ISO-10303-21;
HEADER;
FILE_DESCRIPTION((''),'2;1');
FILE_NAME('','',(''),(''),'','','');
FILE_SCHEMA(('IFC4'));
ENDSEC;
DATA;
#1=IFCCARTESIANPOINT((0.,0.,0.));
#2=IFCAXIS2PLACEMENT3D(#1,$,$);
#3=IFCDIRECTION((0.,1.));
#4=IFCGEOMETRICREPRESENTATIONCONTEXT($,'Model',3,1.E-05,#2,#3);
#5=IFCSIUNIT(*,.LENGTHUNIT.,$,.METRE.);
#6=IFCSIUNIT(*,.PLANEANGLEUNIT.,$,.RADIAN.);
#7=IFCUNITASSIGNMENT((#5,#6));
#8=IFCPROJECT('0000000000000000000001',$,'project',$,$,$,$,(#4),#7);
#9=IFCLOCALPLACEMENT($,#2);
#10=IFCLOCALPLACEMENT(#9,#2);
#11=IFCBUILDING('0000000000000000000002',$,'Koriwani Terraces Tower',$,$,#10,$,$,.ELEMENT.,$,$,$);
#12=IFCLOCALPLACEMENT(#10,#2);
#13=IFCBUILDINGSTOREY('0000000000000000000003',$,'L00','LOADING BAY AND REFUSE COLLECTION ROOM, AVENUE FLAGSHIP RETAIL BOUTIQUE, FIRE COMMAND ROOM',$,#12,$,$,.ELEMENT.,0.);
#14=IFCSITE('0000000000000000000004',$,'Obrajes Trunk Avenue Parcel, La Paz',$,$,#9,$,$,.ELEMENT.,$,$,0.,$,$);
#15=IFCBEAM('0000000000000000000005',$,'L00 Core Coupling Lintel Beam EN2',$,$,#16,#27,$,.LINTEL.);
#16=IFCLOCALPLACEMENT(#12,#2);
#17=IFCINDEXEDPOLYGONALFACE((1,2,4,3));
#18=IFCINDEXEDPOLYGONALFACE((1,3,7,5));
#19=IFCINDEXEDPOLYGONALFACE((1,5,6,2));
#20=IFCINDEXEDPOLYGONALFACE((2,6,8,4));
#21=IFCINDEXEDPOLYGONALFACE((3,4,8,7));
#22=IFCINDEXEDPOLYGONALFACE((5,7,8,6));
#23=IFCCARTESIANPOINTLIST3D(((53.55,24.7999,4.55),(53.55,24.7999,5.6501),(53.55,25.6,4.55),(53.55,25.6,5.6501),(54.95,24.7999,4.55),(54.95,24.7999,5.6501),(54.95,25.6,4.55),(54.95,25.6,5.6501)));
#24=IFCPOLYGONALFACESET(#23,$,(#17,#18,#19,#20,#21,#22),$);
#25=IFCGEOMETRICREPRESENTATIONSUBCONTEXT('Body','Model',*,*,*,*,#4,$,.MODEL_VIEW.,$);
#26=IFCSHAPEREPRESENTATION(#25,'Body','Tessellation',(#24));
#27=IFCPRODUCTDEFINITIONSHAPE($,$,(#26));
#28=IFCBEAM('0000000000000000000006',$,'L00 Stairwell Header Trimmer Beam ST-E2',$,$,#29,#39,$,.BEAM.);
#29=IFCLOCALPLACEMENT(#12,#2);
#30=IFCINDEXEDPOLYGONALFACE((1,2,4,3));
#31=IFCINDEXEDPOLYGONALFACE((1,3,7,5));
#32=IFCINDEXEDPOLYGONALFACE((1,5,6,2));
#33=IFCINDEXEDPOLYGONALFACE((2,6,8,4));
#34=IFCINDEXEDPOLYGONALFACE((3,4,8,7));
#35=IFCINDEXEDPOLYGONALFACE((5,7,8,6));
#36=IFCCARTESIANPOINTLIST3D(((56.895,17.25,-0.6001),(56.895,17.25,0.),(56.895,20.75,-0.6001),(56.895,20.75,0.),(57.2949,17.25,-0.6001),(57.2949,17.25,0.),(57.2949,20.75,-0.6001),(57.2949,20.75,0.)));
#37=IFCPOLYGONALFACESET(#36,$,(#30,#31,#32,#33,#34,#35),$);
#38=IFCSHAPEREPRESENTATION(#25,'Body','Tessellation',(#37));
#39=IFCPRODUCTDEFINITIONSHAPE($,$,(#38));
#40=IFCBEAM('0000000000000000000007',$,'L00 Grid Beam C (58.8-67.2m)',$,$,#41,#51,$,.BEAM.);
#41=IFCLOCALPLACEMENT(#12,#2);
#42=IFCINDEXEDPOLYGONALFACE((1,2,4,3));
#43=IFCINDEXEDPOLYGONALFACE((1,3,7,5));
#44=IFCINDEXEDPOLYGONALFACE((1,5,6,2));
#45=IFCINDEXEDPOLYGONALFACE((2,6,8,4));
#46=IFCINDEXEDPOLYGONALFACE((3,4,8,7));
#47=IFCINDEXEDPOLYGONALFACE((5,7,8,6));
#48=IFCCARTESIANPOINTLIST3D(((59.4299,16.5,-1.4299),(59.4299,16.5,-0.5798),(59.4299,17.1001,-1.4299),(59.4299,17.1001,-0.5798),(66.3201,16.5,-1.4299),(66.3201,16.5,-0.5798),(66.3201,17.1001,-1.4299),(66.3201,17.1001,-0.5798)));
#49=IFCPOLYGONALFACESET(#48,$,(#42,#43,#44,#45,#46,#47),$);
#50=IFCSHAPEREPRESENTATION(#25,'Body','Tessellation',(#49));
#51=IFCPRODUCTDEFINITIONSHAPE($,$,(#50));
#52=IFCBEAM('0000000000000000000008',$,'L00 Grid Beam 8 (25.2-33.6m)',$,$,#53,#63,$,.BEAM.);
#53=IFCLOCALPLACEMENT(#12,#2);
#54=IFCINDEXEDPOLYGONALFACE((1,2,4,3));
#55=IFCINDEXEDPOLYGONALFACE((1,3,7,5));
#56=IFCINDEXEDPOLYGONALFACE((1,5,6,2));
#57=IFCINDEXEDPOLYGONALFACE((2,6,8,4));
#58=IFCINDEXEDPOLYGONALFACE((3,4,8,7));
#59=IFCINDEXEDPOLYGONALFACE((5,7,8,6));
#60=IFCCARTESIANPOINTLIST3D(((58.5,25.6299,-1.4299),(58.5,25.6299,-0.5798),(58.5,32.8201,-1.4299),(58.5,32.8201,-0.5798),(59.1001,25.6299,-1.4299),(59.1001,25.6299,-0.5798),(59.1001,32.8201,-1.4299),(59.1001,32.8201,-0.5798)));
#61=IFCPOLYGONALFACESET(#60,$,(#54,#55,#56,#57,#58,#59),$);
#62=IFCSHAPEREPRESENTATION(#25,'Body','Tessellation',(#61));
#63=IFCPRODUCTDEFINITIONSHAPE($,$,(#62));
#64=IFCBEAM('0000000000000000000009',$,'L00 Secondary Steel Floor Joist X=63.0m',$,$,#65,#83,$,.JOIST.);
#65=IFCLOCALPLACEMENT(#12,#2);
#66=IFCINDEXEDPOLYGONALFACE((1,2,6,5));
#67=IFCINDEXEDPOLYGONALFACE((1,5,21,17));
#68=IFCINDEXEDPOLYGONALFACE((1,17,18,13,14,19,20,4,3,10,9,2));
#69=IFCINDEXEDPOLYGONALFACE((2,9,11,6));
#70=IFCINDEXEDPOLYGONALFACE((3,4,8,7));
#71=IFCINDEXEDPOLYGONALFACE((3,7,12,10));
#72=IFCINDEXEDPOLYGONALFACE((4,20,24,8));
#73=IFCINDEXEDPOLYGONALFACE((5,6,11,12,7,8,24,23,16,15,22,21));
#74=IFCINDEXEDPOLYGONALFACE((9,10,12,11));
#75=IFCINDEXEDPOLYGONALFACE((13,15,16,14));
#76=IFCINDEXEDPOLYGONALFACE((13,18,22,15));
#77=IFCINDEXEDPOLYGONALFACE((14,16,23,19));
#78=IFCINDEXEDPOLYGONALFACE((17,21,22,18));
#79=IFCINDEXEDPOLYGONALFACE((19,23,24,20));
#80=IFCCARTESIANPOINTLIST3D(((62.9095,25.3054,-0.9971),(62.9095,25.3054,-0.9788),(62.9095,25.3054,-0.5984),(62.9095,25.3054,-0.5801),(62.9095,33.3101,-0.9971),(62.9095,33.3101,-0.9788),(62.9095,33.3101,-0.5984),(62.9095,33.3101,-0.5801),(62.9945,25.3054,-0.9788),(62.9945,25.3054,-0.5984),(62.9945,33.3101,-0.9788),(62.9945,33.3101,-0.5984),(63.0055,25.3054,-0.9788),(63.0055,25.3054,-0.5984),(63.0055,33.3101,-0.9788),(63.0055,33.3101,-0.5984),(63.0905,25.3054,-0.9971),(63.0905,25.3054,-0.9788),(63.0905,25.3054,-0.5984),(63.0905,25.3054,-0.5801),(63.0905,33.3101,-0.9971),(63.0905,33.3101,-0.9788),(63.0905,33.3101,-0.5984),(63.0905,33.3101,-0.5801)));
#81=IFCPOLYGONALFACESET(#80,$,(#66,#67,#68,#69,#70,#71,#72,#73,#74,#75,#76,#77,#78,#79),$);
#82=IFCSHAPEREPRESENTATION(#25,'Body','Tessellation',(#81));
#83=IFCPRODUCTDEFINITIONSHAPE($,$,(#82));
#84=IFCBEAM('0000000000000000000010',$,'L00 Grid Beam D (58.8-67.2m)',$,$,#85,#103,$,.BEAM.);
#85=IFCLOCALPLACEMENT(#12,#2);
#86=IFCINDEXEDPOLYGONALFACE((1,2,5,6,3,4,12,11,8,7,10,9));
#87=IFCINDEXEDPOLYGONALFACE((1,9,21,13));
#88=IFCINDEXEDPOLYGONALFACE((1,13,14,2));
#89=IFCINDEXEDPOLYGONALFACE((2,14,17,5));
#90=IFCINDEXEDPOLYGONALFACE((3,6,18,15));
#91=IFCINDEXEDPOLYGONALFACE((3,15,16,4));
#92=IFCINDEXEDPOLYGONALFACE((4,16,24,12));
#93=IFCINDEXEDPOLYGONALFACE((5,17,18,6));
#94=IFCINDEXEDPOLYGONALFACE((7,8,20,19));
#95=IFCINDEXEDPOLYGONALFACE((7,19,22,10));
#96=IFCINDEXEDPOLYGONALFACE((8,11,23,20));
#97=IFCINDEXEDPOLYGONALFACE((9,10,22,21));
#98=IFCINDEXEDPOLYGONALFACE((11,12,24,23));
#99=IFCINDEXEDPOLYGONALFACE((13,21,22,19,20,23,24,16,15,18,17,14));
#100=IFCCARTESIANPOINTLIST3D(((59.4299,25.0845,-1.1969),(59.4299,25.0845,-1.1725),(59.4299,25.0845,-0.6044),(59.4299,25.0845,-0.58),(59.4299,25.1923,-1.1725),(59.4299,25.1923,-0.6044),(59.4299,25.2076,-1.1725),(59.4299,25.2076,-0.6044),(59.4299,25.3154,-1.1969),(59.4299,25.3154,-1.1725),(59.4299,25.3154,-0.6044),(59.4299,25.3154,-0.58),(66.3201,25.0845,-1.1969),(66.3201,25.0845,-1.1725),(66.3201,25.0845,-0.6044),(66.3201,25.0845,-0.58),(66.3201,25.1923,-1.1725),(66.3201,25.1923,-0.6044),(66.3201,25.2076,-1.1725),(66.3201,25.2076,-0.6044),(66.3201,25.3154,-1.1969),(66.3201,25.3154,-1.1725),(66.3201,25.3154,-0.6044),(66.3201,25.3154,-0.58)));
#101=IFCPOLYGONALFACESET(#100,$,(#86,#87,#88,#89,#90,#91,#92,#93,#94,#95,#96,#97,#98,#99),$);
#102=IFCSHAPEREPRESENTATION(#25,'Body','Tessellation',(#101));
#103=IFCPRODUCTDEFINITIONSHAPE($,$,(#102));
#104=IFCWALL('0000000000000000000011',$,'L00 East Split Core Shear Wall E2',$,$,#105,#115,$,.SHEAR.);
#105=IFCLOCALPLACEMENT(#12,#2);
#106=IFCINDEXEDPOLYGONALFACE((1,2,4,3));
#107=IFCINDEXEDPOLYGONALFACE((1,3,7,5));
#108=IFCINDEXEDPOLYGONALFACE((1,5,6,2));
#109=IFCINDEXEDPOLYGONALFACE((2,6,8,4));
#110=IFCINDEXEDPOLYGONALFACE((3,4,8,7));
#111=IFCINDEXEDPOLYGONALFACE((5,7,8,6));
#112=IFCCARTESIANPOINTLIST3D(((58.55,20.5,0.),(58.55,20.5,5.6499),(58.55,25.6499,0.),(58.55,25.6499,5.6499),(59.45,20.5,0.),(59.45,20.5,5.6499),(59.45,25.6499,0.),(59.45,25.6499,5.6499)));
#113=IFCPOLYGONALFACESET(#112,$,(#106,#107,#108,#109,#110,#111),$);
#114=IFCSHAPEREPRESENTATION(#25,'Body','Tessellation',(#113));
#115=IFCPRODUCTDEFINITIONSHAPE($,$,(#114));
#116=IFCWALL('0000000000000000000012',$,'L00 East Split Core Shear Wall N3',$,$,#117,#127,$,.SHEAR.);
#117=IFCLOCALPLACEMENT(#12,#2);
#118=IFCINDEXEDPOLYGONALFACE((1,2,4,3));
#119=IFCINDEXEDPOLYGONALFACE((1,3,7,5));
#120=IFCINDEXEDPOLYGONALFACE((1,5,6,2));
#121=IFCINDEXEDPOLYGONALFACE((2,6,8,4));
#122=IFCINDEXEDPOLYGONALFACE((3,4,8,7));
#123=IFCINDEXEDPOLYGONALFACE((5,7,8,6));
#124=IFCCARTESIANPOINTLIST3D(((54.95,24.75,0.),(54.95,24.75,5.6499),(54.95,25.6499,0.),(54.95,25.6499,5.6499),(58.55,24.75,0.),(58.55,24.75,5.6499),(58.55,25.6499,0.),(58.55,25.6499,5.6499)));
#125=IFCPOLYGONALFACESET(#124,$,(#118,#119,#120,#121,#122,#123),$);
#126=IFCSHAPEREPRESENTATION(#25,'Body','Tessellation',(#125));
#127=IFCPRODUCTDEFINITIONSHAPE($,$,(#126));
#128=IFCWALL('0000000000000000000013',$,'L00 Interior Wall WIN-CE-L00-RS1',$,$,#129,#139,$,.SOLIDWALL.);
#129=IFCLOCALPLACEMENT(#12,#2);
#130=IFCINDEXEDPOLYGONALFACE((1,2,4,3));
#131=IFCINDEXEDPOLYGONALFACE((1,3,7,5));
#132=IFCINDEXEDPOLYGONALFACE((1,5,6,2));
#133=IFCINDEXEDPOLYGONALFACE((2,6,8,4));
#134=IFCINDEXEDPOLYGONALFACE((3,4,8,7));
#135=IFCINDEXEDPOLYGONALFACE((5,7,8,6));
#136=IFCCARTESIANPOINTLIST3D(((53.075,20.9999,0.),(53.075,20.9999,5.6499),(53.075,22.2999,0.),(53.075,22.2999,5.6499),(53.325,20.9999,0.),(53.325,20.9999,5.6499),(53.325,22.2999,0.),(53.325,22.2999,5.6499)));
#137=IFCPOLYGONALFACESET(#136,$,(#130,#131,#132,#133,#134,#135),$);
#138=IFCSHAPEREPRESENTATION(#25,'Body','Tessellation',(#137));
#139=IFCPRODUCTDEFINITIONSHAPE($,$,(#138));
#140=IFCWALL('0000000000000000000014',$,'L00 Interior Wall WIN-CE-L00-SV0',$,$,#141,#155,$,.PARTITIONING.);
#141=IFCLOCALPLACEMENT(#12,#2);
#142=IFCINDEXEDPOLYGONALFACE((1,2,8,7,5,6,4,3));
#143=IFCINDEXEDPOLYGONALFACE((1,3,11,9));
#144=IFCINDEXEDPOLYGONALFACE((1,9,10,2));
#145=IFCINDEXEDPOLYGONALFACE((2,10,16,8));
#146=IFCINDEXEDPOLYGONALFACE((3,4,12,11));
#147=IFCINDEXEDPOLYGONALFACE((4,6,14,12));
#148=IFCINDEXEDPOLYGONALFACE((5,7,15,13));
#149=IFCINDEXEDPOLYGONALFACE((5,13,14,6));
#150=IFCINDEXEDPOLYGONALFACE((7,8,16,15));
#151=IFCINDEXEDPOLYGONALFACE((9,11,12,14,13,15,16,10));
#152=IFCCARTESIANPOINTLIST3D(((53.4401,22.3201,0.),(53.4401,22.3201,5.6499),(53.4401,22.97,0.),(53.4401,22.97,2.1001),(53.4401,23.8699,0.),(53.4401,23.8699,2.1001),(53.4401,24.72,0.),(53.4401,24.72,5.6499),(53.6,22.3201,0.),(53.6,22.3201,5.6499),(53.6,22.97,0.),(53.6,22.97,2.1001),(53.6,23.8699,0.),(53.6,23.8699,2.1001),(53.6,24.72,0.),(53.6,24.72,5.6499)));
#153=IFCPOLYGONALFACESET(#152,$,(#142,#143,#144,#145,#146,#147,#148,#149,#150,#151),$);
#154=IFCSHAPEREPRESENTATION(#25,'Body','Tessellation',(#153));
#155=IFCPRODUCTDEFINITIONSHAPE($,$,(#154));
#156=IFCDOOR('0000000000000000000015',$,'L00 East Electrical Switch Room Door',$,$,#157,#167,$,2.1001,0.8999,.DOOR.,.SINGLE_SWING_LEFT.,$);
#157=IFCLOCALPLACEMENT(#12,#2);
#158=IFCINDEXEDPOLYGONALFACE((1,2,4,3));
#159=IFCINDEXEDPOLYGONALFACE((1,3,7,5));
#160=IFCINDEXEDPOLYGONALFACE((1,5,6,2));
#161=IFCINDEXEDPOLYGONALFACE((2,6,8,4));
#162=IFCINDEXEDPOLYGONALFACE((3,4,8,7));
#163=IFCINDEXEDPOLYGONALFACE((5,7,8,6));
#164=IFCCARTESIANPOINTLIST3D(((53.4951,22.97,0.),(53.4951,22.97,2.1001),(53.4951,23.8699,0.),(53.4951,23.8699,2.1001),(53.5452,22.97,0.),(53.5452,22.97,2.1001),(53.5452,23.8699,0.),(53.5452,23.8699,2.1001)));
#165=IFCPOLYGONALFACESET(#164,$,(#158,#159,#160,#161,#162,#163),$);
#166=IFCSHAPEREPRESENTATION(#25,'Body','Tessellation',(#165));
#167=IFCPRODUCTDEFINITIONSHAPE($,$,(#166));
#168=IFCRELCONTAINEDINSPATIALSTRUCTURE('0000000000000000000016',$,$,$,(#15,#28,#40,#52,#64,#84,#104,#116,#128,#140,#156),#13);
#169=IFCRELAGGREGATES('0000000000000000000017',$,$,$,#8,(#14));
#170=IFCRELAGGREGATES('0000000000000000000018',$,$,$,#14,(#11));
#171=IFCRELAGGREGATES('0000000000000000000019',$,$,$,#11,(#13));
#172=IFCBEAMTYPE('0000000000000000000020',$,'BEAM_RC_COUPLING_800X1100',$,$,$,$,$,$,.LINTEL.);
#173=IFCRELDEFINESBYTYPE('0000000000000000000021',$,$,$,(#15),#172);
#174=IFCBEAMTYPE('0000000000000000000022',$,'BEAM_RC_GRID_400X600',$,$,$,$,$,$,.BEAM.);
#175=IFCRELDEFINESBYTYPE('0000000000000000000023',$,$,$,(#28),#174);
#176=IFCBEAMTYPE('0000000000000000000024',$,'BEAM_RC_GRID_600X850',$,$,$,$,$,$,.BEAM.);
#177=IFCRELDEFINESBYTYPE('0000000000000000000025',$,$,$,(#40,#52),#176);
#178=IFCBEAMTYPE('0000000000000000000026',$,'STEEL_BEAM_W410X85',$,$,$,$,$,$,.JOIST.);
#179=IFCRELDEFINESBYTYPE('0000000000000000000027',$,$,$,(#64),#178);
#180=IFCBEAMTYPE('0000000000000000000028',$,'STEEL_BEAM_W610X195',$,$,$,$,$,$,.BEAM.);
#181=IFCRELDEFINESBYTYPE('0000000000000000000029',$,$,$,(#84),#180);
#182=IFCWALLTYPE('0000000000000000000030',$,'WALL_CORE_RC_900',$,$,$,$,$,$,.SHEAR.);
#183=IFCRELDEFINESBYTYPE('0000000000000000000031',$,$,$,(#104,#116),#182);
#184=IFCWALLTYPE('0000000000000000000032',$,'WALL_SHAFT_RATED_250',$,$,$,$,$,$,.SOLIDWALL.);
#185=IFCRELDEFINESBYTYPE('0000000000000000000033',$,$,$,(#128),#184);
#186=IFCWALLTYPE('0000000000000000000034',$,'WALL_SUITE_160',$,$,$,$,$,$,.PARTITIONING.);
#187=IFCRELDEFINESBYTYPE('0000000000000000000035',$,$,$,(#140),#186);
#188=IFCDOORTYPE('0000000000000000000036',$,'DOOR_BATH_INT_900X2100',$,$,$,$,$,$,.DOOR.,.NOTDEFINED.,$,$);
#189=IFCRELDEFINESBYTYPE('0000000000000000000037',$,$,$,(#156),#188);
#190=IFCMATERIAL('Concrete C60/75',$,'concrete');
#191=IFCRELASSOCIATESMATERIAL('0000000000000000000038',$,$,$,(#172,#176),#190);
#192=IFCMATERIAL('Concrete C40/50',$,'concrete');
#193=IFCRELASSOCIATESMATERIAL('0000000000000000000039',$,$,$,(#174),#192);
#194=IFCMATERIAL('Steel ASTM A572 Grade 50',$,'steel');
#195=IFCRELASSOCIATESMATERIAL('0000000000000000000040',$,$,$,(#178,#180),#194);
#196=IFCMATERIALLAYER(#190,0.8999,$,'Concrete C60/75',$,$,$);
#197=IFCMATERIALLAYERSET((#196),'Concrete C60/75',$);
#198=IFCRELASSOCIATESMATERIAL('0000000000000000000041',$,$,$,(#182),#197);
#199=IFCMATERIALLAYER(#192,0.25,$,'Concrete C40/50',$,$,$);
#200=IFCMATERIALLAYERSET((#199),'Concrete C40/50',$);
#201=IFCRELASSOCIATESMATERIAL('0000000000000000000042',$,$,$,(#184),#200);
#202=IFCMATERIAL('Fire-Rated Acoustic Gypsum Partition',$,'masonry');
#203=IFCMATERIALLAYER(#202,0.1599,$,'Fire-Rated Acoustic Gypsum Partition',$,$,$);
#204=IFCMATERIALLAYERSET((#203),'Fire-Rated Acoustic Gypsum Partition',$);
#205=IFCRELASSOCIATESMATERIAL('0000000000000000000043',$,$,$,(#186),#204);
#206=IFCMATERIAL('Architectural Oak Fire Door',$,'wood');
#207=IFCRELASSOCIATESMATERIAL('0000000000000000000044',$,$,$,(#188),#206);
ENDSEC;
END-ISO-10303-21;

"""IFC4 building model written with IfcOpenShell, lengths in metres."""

from ifc_helpers import new_model, si_unit, direction, frame, frame_2d, origin, origin_2d, place, context, subcontext, project, spatial, rectangle, i_section, extrude, material, layer, layer_set, material_profile, profile_set, type_object, element, fill, save


model = new_model("IFC4")

# Units and contexts
model_context = context("Model", 3, precision=1e-05, world=origin(), true_north=direction((0.0, 1.0)))
body_context = subcontext(model_context, "Body", "Model", "MODEL_VIEW")
ifc_project = project(units=[si_unit("LENGTHUNIT", "METRE"), si_unit("PLANEANGLEUNIT", "RADIAN")], contexts=[model_context])

# Site, building, storey
site_placement = place(None, origin())
site = spatial("IfcSite", under=ifc_project, at=site_placement, Name="Obrajes Trunk Avenue Parcel, La Paz", CompositionType="ELEMENT", RefElevation=0.0)
building_placement = place(site_placement, origin())
building = spatial("IfcBuilding", under=site, at=building_placement, Name="Koriwani Terraces Tower", CompositionType="ELEMENT")
storey_placement = place(building_placement, origin())
storey = spatial("IfcBuildingStorey", under=building, at=storey_placement, Name="L00", Description="LOADING BAY AND REFUSE COLLECTION ROOM, AVENUE FLAGSHIP RETAIL BOUTIQUE, FIRE COMMAND ROOM", CompositionType="ELEMENT", Elevation=0.0)

# Beams
ifc_material_1 = material(Name="Concrete C60/75", Category="concrete")
ifc_material_profile_1 = material_profile(ifc_material_1, rectangle(XDim=0.8, YDim=1.1001, at=origin_2d()), Name="Concrete C60/75", Category="LoadBearing")
ifc_profile_set_1 = profile_set([ifc_material_profile_1], Name="Concrete C60/75")
beam_type_1 = type_object("IfcBeamType", Name="BEAM_RC_COUPLING_800X1100", PredefinedType="LINTEL", material=ifc_profile_set_1)
beam_1_placement = place(storey_placement, frame((53.55, 25.2, 5.1001), z_axis=(1.0, 0.0, 0.0), x_axis=(0.0, 1.0, 0.0)))
element("IfcBeam", 1, at=beam_1_placement, inside=storey, type_object=beam_type_1, Name="L00 Core Coupling Lintel Beam EN2", PredefinedType="LINTEL", context=body_context, shape_type="SweptSolid", body=[
    extrude(rectangle(XDim=0.8, YDim=1.1001, at=origin_2d()), origin(), (0.0, 0.0, 1.0), 1.3999),
])
ifc_material_2 = material(Name="Concrete C40/50", Category="concrete")
ifc_material_profile_2 = material_profile(ifc_material_2, rectangle(XDim=0.3999, YDim=0.6001, at=origin_2d()), Name="Concrete C40/50", Category="LoadBearing")
ifc_profile_set_2 = profile_set([ifc_material_profile_2], Name="Concrete C40/50")
beam_type_2 = type_object("IfcBeamType", Name="BEAM_RC_GRID_400X600", PredefinedType="BEAM", material=ifc_profile_set_2)
beam_2_placement = place(storey_placement, frame((57.095, 17.25, -0.3), z_axis=(0.0, 1.0, 0.0), x_axis=(-1.0, 0.0, 0.0)))
element("IfcBeam", 2, at=beam_2_placement, inside=storey, type_object=beam_type_2, Name="L00 Stairwell Header Trimmer Beam ST-E2", PredefinedType="BEAM", context=body_context, shape_type="SweptSolid", body=[
    extrude(rectangle(XDim=0.3999, YDim=0.6001, at=origin_2d()), origin(), (0.0, 0.0, 1.0), 3.5),
])
ifc_material_profile_3 = material_profile(ifc_material_1, rectangle(XDim=0.6001, YDim=0.8501, at=origin_2d()), Name="Concrete C60/75", Category="LoadBearing")
ifc_profile_set_3 = profile_set([ifc_material_profile_3], Name="Concrete C60/75")
beam_type_3 = type_object("IfcBeamType", Name="BEAM_RC_GRID_600X850", PredefinedType="BEAM", material=ifc_profile_set_3)
beam_3_placement = place(storey_placement, frame((59.4299, 16.8, -1.0049), z_axis=(1.0, 0.0, 0.0), x_axis=(0.0, 1.0, 0.0)))
element("IfcBeam", 3, at=beam_3_placement, inside=storey, type_object=beam_type_3, Name="L00 Grid Beam C (58.8-67.2m)", PredefinedType="BEAM", context=body_context, shape_type="SweptSolid", body=[
    extrude(rectangle(XDim=0.6001, YDim=0.8501, at=origin_2d()), origin(), (0.0, 0.0, 1.0), 6.8901),
])
beam_4_placement = place(storey_placement, frame((58.8, 25.6299, -1.0049), z_axis=(0.0, 1.0, 0.0), x_axis=(-1.0, 0.0, 0.0)))
element("IfcBeam", 4, at=beam_4_placement, inside=storey, type_object=beam_type_3, Name="L00 Grid Beam 8 (25.2-33.6m)", PredefinedType="BEAM", context=body_context, shape_type="SweptSolid", body=[
    extrude(rectangle(XDim=0.6001, YDim=0.8501, at=origin_2d()), origin(), (0.0, 0.0, 1.0), 7.1902),
])
ifc_material_3 = material(Name="Steel ASTM A572 Grade 50", Category="steel")
ifc_material_profile_4 = material_profile(ifc_material_3, i_section(OverallWidth=0.1809, OverallDepth=0.417, WebThickness=0.011, FlangeThickness=0.0183, at=origin_2d()), Name="Steel ASTM A572 Grade 50", Category="LoadBearing")
ifc_profile_set_4 = profile_set([ifc_material_profile_4], Name="Steel ASTM A572 Grade 50")
beam_type_4 = type_object("IfcBeamType", Name="STEEL_BEAM_W410X85", PredefinedType="JOIST", material=ifc_profile_set_4)
beam_5_placement = place(storey_placement, frame((63.0, 25.3054, -0.7886), z_axis=(0.0, 1.0, 0.0), x_axis=(-1.0, 0.0, 0.0)))
element("IfcBeam", 5, at=beam_5_placement, inside=storey, type_object=beam_type_4, Name="L00 Secondary Steel Floor Joist X=63.0m", PredefinedType="JOIST", context=body_context, shape_type="SweptSolid", body=[
    extrude(i_section(OverallWidth=0.1809, OverallDepth=0.417, WebThickness=0.011, FlangeThickness=0.0183, at=origin_2d()), origin(), (0.0, 0.0, 1.0), 8.0046),
])
ifc_material_profile_5 = material_profile(ifc_material_3, i_section(OverallWidth=0.231, OverallDepth=0.6169, WebThickness=0.0154, FlangeThickness=0.0244, at=origin_2d()), Name="Steel ASTM A572 Grade 50", Category="LoadBearing")
ifc_profile_set_5 = profile_set([ifc_material_profile_5], Name="Steel ASTM A572 Grade 50")
beam_type_5 = type_object("IfcBeamType", Name="STEEL_BEAM_W610X195", PredefinedType="BEAM", material=ifc_profile_set_5)
beam_6_placement = place(storey_placement, frame((59.4299, 25.2, -0.8884), z_axis=(1.0, 0.0, 0.0), x_axis=(0.0, 1.0, 0.0)))
element("IfcBeam", 6, at=beam_6_placement, inside=storey, type_object=beam_type_5, Name="L00 Grid Beam D (58.8-67.2m)", PredefinedType="BEAM", context=body_context, shape_type="SweptSolid", body=[
    extrude(i_section(OverallWidth=0.231, OverallDepth=0.6169, WebThickness=0.0154, FlangeThickness=0.0244, at=origin_2d()), origin(), (0.0, 0.0, 1.0), 6.8901),
])

# Walls
ifc_layer_1 = layer(ifc_material_1, 0.8999, Name="Concrete C60/75")
ifc_layer_set_1 = layer_set([ifc_layer_1], Name="Concrete C60/75")
wall_type_1 = type_object("IfcWallType", Name="WALL_CORE_RC_900", PredefinedType="SHEAR", material=ifc_layer_set_1)
wall_1_placement = place(storey_placement, frame((59.0, 20.5, 0.0), z_axis=(0.0, 0.0, 1.0), x_axis=(0.0, 1.0, 0.0)))
element("IfcWall", 7, at=wall_1_placement, inside=storey, type_object=wall_type_1, Name="L00 East Split Core Shear Wall E2", PredefinedType="SHEAR", context=body_context, shape_type="SweptSolid", body=[
    extrude(rectangle(XDim=5.1499, YDim=0.8999, at=frame_2d((2.575, 0.0))), origin(), (0.0, 0.0, 1.0), 5.6499),
])
wall_2_placement = place(storey_placement, frame((54.95, 25.2, 0.0), z_axis=(0.0, 0.0, 1.0), x_axis=(1.0, 0.0, 0.0)))
element("IfcWall", 8, at=wall_2_placement, inside=storey, type_object=wall_type_1, Name="L00 East Split Core Shear Wall N3", PredefinedType="SHEAR", context=body_context, shape_type="SweptSolid", body=[
    extrude(rectangle(XDim=3.6001, YDim=0.8999, at=frame_2d((1.8, 0.0))), origin(), (0.0, 0.0, 1.0), 5.6499),
])

# Shared definitions
ifc_layer_2 = layer(ifc_material_2, 0.25, Name="Concrete C40/50")
ifc_layer_set_2 = layer_set([ifc_layer_2], Name="Concrete C40/50")
wall_type_2 = type_object("IfcWallType", Name="WALL_SHAFT_RATED_250", PredefinedType="SOLIDWALL", material=ifc_layer_set_2)

# Wall
wall_3_placement = place(storey_placement, frame((53.2, 21.0, 0.0), z_axis=(0.0, 0.0, 1.0), x_axis=(0.0, 1.0, 0.0)))
element("IfcWall", 9, at=wall_3_placement, inside=storey, type_object=wall_type_2, Name="L00 Interior Wall WIN-CE-L00-RS1", PredefinedType="SOLIDWALL", context=body_context, shape_type="SweptSolid", body=[
    extrude(rectangle(XDim=1.3, YDim=0.25, at=frame_2d((0.6499, 0.0))), origin(), (0.0, 0.0, 1.0), 5.6499),
])

# Wall, opening, door
ifc_material_4 = material(Name="Fire-Rated Acoustic Gypsum Partition", Category="masonry")
ifc_layer_3 = layer(ifc_material_4, 0.1599, Name="Fire-Rated Acoustic Gypsum Partition")
ifc_layer_set_3 = layer_set([ifc_layer_3], Name="Fire-Rated Acoustic Gypsum Partition")
wall_type_3 = type_object("IfcWallType", Name="WALL_SUITE_160", PredefinedType="PARTITIONING", material=ifc_layer_set_3)
wall_4_placement = place(storey_placement, frame((53.52, 22.3201, 0.0), z_axis=(0.0, 0.0, 1.0), x_axis=(0.0, 1.0, 0.0)))
wall_4 = element("IfcWall", 10, at=wall_4_placement, inside=storey, type_object=wall_type_3, Name="L00 Interior Wall WIN-CE-L00-SV0", PredefinedType="PARTITIONING", context=body_context, shape_type="SweptSolid", body=[
    extrude(rectangle(XDim=2.3999, YDim=0.1599, at=frame_2d((1.2, 0.0))), origin(), (0.0, 0.0, 1.0), 5.6499),
])
opening_1_placement = place(wall_4_placement, frame((0.6499, 0.0, 0.0)))
opening_1 = element("IfcOpeningElement", 11, at=opening_1_placement, cuts=wall_4, PredefinedType="OPENING", context=body_context, shape_type="SweptSolid", body=[
    extrude(rectangle(XDim=0.8999, YDim=2.1001, at=frame_2d((0.45, 1.05))), frame((0.0, 0.0898, 0.0), z_axis=(0.0, -1.0, 0.0), x_axis=(1.0, 0.0, 0.0)), (0.0, 0.0, 1.0), 0.1799),
])
ifc_material_5 = material(Name="Architectural Oak Fire Door", Category="wood")
door_type_1 = type_object("IfcDoorType", Name="DOOR_BATH_INT_900X2100", OperationType="NOTDEFINED", PredefinedType="DOOR", material=ifc_material_5)
door_1_placement = place(opening_1_placement, origin())
door_1 = element("IfcDoor", 12, at=door_1_placement, inside=storey, type_object=door_type_1, Name="L00 East Electrical Switch Room Door", OperationType="SINGLE_SWING_LEFT", OverallHeight=2.1001, OverallWidth=0.8999, PredefinedType="DOOR", context=body_context, shape_type="SweptSolid", body=[
    extrude(rectangle(XDim=0.8999, YDim=2.1001, at=frame_2d((0.45, 1.05))), frame((0.0, 0.0249, 0.0), z_axis=(0.0, -1.0, 0.0), x_axis=(1.0, 0.0, 0.0)), (0.0, 0.0, 1.0), 0.05),
])
fill(opening_1, door_1)

save(model, "model.ifc")
